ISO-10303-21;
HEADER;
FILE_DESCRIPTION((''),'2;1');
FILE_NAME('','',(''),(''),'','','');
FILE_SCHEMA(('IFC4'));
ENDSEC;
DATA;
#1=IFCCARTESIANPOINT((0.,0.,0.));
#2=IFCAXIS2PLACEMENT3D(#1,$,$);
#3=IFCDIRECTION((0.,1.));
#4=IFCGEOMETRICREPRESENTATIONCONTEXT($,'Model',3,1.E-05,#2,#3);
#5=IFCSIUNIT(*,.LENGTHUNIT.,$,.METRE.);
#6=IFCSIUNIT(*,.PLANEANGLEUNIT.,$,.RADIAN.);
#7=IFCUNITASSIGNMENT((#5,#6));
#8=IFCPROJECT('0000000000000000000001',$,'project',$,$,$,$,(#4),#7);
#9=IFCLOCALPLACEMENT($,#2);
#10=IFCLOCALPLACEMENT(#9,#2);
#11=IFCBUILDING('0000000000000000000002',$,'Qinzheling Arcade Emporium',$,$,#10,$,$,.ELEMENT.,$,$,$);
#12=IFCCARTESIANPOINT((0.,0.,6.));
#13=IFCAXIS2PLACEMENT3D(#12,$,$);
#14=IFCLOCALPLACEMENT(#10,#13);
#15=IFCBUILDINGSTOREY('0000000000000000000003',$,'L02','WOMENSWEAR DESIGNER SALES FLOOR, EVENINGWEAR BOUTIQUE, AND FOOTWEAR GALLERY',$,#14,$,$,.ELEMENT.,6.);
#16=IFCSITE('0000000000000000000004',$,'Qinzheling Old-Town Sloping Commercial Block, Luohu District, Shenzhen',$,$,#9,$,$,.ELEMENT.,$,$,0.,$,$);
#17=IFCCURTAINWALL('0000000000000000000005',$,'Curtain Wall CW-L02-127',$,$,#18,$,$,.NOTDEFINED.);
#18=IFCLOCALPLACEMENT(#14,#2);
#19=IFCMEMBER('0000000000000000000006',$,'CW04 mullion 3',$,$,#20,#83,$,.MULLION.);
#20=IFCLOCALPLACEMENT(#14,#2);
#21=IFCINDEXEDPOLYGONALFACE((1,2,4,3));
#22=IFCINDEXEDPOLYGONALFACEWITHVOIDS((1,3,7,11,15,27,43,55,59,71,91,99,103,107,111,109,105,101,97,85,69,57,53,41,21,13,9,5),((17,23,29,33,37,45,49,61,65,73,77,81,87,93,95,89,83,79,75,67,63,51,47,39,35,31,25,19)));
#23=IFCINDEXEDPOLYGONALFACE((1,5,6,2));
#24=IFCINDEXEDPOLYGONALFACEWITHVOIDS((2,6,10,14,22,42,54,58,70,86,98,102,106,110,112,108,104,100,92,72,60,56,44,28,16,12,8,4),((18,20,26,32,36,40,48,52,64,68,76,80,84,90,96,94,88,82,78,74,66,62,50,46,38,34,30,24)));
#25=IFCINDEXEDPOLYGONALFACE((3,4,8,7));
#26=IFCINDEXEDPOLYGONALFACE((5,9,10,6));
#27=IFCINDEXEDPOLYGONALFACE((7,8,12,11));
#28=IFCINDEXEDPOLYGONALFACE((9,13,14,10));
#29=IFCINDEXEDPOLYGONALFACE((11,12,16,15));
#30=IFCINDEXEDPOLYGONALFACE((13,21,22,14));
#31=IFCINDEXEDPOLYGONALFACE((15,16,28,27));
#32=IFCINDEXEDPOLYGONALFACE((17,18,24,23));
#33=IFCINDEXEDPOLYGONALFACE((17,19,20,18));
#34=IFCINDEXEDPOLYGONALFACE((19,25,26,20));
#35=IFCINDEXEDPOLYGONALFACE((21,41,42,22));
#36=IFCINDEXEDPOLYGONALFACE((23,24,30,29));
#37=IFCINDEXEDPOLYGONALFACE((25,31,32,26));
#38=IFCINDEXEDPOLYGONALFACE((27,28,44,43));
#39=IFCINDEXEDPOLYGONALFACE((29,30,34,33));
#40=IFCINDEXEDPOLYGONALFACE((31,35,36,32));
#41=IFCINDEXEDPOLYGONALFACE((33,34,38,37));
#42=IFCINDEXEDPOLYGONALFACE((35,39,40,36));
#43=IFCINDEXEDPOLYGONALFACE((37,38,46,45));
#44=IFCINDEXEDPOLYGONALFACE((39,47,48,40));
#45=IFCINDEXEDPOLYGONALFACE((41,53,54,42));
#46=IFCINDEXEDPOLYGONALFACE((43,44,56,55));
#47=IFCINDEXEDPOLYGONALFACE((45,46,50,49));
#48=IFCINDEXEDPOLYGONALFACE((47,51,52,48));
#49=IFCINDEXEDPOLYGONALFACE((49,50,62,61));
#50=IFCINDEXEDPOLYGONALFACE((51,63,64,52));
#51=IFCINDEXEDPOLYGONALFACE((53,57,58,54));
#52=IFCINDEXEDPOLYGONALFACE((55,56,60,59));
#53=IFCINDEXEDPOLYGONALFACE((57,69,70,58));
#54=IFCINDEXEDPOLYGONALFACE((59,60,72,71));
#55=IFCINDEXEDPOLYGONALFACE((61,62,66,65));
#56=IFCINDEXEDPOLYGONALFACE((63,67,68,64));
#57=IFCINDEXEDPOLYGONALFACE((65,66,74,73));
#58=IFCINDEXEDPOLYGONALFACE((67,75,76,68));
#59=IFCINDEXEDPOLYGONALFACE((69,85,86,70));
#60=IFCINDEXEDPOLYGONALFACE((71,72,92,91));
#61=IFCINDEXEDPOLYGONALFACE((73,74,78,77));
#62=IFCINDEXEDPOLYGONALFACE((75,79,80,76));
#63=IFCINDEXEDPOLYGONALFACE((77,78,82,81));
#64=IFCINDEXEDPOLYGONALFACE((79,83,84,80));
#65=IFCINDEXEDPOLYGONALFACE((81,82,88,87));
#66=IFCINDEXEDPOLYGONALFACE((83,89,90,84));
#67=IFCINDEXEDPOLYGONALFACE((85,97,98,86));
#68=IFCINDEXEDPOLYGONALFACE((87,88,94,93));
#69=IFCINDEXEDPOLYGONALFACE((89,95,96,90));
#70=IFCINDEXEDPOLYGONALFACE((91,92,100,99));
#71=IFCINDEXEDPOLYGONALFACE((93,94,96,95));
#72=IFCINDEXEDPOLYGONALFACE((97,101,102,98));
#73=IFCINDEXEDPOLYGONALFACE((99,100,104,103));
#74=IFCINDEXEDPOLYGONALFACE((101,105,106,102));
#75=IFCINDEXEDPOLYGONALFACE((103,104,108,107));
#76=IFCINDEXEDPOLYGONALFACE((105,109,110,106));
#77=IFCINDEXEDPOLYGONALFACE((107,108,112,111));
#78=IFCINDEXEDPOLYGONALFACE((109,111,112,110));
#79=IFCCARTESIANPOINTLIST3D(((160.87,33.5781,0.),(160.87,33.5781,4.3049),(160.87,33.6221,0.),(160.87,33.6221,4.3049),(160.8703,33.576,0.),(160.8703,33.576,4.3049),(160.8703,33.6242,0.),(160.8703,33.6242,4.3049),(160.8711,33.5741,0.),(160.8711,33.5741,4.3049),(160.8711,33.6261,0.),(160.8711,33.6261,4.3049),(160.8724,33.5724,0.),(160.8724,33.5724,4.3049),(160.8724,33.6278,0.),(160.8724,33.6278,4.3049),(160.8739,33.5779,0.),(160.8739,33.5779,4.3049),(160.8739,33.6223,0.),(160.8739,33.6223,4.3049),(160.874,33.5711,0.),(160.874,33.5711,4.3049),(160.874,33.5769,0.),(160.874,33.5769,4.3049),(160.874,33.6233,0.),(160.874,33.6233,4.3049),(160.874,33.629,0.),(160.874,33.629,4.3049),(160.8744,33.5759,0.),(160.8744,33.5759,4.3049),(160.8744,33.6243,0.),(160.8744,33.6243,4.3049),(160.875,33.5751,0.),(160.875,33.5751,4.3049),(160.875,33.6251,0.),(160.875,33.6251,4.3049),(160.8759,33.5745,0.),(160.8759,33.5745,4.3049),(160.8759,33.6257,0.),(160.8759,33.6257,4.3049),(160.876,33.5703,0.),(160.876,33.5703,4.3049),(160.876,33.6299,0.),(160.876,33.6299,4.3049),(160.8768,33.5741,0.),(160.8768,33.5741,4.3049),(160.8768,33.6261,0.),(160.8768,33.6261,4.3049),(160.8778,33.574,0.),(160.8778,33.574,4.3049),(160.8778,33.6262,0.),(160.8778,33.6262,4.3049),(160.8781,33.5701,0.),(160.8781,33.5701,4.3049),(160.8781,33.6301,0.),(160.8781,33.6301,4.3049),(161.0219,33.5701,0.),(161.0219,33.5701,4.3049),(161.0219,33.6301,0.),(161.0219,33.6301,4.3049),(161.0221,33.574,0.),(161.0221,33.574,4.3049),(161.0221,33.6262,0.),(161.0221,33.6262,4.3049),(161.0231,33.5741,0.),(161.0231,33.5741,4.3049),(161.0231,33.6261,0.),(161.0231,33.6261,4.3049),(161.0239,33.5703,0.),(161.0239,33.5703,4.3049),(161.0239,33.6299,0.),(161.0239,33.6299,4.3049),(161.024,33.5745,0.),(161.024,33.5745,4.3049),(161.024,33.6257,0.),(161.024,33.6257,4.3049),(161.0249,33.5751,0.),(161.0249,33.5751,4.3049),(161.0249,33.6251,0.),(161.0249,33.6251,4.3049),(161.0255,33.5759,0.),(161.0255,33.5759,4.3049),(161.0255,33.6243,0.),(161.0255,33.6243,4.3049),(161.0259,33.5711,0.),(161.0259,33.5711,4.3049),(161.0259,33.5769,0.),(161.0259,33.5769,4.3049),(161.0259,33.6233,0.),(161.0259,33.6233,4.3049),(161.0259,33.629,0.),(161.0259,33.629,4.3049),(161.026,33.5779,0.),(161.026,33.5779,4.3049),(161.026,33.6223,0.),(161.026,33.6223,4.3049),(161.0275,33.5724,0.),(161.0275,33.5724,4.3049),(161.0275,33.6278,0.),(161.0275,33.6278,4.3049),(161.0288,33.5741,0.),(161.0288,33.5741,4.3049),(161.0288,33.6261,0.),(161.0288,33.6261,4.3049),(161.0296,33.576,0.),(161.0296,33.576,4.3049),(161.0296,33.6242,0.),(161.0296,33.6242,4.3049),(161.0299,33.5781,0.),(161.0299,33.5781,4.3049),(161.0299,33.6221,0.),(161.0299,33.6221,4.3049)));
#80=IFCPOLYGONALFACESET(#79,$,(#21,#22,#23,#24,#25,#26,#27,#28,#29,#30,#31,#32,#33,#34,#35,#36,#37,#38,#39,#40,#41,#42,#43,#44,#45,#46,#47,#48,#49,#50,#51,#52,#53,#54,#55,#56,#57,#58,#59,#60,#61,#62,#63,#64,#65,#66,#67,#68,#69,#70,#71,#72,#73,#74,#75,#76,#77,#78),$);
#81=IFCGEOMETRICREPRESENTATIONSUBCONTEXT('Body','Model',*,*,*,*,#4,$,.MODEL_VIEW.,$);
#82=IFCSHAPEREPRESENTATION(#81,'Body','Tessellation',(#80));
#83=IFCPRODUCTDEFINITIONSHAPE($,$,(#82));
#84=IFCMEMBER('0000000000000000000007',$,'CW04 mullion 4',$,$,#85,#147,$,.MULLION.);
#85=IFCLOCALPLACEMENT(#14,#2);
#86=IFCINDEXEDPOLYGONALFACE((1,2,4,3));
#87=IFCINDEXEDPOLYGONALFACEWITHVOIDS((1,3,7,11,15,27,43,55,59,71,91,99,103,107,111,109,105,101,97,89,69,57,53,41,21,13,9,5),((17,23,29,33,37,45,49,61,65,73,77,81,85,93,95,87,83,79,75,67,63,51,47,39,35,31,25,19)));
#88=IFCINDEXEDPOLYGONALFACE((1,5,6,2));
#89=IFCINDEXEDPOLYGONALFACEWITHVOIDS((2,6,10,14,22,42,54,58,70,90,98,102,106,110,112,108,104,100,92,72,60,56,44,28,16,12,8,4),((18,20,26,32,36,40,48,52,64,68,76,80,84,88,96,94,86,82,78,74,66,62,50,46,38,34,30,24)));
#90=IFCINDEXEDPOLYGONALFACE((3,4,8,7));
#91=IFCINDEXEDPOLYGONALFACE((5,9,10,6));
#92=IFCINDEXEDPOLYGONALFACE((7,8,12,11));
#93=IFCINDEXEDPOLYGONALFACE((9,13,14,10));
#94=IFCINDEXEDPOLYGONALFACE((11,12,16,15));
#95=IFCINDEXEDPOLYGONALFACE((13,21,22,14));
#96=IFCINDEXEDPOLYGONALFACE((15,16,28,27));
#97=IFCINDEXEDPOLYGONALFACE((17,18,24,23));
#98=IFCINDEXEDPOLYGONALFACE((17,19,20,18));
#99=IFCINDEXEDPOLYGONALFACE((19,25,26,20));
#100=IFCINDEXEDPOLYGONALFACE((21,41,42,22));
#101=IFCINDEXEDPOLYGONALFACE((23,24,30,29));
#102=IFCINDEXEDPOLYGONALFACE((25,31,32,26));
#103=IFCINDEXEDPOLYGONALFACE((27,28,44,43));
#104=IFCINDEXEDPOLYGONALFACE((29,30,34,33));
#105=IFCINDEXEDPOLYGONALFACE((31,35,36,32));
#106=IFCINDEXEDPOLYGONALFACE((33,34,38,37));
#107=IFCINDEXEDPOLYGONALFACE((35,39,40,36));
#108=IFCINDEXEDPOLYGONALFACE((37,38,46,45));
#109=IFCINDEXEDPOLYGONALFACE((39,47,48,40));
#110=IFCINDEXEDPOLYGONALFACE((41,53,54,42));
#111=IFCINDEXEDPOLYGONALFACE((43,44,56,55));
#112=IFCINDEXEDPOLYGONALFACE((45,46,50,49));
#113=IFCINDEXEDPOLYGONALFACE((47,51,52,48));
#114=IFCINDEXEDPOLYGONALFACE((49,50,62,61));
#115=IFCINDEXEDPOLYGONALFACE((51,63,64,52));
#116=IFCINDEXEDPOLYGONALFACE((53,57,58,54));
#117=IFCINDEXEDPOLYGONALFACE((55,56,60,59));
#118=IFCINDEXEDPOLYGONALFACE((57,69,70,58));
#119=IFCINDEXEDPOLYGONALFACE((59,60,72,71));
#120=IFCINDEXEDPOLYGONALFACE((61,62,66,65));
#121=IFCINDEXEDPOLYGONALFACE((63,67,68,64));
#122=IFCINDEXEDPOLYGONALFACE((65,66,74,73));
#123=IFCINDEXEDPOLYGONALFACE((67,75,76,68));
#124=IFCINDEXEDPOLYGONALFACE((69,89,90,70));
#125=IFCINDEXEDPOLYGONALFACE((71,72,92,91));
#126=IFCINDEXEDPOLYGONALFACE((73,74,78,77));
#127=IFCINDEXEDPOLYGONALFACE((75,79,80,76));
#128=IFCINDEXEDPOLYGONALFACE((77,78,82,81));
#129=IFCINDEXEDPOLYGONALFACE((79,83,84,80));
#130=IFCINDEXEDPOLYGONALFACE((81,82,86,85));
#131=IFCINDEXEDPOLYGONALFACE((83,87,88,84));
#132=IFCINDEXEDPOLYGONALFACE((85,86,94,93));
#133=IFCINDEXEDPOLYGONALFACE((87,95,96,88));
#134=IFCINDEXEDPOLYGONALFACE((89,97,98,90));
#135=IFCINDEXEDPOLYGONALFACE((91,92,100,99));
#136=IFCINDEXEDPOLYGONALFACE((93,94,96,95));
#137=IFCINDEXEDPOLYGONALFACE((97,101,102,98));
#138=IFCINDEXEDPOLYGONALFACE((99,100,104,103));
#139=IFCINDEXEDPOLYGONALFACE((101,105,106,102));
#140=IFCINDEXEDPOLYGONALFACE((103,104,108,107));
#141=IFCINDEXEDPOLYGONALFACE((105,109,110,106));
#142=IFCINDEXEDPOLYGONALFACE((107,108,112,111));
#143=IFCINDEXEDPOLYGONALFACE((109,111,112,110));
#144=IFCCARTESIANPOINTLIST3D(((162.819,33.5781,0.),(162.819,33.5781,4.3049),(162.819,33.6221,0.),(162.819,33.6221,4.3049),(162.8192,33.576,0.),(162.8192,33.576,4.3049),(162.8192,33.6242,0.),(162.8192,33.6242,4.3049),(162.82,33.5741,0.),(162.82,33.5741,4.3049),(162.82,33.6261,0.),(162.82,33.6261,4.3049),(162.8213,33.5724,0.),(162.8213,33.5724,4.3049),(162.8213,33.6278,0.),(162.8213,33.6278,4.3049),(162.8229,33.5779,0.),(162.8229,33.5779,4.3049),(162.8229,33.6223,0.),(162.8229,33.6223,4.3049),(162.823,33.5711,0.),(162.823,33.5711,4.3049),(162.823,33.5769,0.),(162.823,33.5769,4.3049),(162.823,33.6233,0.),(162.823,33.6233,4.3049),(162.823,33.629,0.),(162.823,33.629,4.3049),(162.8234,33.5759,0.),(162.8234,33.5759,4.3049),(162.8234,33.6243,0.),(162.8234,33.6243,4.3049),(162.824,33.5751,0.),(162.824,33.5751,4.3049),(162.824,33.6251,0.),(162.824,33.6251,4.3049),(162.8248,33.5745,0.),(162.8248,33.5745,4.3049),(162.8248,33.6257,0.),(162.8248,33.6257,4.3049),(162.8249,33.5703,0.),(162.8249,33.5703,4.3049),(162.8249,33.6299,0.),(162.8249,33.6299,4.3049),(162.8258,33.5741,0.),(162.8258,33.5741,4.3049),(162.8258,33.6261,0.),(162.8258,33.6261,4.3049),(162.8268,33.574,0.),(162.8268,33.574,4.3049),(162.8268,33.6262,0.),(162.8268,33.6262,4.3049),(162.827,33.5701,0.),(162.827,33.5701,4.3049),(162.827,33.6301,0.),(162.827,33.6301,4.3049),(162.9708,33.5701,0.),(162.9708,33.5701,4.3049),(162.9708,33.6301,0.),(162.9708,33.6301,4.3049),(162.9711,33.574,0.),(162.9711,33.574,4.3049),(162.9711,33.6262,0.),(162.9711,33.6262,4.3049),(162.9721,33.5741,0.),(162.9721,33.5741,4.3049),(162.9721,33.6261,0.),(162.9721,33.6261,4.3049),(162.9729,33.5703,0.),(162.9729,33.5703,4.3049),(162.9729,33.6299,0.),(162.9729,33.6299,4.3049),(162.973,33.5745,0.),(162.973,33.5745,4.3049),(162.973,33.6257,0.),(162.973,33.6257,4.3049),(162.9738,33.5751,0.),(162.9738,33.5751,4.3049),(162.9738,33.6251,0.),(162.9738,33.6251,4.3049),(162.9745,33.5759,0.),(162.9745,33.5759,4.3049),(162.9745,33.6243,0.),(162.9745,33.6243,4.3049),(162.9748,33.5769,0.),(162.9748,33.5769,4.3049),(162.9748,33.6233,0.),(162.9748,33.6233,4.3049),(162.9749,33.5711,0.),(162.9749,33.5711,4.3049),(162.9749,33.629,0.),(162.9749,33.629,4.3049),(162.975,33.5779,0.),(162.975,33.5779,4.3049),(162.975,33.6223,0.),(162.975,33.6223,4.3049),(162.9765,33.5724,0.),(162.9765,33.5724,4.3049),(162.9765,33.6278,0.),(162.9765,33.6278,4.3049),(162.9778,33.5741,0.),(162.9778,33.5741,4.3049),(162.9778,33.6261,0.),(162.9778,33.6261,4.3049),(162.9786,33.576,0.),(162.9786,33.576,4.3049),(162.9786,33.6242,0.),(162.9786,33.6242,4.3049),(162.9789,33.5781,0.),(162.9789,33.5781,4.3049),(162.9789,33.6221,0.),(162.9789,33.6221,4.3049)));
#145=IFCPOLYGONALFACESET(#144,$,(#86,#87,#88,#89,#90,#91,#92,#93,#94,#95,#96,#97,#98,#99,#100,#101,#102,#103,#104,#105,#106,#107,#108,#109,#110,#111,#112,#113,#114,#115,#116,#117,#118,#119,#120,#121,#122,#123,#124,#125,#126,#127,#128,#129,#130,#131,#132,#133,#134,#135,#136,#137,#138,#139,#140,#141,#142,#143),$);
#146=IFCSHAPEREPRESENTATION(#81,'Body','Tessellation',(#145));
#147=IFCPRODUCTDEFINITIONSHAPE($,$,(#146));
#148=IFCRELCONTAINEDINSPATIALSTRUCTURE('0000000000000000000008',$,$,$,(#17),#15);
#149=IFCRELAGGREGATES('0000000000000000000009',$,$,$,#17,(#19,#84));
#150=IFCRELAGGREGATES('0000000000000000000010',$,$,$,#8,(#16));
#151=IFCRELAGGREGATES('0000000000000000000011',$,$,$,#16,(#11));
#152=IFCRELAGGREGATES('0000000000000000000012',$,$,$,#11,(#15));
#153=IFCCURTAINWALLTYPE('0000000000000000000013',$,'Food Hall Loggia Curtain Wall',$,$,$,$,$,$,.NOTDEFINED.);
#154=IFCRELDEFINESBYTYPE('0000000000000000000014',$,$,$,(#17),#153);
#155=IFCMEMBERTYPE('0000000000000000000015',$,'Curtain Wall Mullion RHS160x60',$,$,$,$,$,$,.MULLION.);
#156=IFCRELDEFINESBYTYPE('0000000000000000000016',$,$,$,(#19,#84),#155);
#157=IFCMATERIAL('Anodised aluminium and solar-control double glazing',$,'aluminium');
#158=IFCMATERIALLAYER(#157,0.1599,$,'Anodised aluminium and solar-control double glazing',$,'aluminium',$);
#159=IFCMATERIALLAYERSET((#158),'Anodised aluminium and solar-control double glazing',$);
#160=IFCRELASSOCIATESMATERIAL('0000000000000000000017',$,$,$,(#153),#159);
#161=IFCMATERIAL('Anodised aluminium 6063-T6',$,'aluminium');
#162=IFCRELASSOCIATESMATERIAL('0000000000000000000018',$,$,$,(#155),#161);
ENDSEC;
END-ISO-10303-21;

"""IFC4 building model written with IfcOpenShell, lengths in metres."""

from ifc_helpers import new_model, si_unit, direction, frame, origin, origin_2d, place, context, subcontext, project, spatial, hollow_rectangle, extrude, material, layer, layer_set, material_profile, profile_set, type_object, element, aggregate, save


model = new_model("IFC4")

# Units and contexts
model_context = context("Model", 3, precision=1e-05, world=origin(), true_north=direction((0.0, 1.0)))
body_context = subcontext(model_context, "Body", "Model", "MODEL_VIEW")
ifc_project = project(units=[si_unit("LENGTHUNIT", "METRE"), si_unit("PLANEANGLEUNIT", "RADIAN")], contexts=[model_context])

# Site, building, storey
site_placement = place(None, origin())
site = spatial("IfcSite", under=ifc_project, at=site_placement, Name="Qinzheling Old-Town Sloping Commercial Block, Luohu District, Shenzhen", CompositionType="ELEMENT", RefElevation=0.0)
building_placement = place(site_placement, origin())
building = spatial("IfcBuilding", under=site, at=building_placement, Name="Qinzheling Arcade Emporium", CompositionType="ELEMENT")
storey_placement = place(building_placement, frame((0.0, 0.0, 6.0)))
storey = spatial("IfcBuildingStorey", under=building, at=storey_placement, Name="L02", Description="WOMENSWEAR DESIGNER SALES FLOOR, EVENINGWEAR BOUTIQUE, AND FOOTWEAR GALLERY", CompositionType="ELEMENT", Elevation=6.0)

# Curtain wall, members
ifc_material_1 = material(Name="Anodised aluminium and solar-control double glazing", Category="aluminium")
ifc_layer_1 = layer(ifc_material_1, 0.1599, Name="Anodised aluminium and solar-control double glazing", Category="aluminium")
ifc_layer_set_1 = layer_set([ifc_layer_1], Name="Anodised aluminium and solar-control double glazing")
curtain_wall_type = type_object("IfcCurtainWallType", Name="Food Hall Loggia Curtain Wall", PredefinedType="NOTDEFINED", material=ifc_layer_set_1)
curtain_wall_placement = place(storey_placement, origin())
curtain_wall = element("IfcCurtainWall", 1, at=curtain_wall_placement, inside=storey, type_object=curtain_wall_type, Name="Curtain Wall CW-L02-127", PredefinedType="NOTDEFINED")
ifc_material_2 = material(Name="Anodised aluminium 6063-T6", Category="aluminium")
ifc_material_profile_1 = material_profile(ifc_material_2, hollow_rectangle(XDim=0.0601, YDim=0.1599, WallThickness=0.0039, InnerFilletRadius=0.0039, OuterFilletRadius=0.0081, at=origin_2d()), Name="RHS 160x60x4", Category="aluminium")
ifc_profile_set_1 = profile_set([ifc_material_profile_1], Name="Anodised aluminium 6063-T6")
member_type_1 = type_object("IfcMemberType", Name="Curtain Wall Mullion RHS160x60", PredefinedType="MULLION", material=ifc_profile_set_1)
member_1_placement = place(storey_placement, frame((160.95, 33.6001, 0.0), z_axis=(0.0, 0.0, 1.0), x_axis=(0.0, 1.0, 0.0)))
member_1 = element("IfcMember", 2, at=member_1_placement, type_object=member_type_1, Name="CW04 mullion 3", PredefinedType="MULLION", context=body_context, shape_type="SweptSolid", body=[
    extrude(hollow_rectangle(XDim=0.0601, YDim=0.1599, WallThickness=0.0039, InnerFilletRadius=0.0039, OuterFilletRadius=0.0081, at=origin_2d()), origin(), (0.0, 0.0, 1.0), 4.3049),
])
member_2_placement = place(storey_placement, frame((162.8989, 33.6001, 0.0), z_axis=(0.0, 0.0, 1.0), x_axis=(0.0, 1.0, 0.0)))
member_2 = element("IfcMember", 3, at=member_2_placement, type_object=member_type_1, Name="CW04 mullion 4", PredefinedType="MULLION", context=body_context, shape_type="SweptSolid", body=[
    extrude(hollow_rectangle(XDim=0.0601, YDim=0.1599, WallThickness=0.0039, InnerFilletRadius=0.0039, OuterFilletRadius=0.0081, at=origin_2d()), origin(), (0.0, 0.0, 1.0), 4.3049),
])
aggregate(curtain_wall, [member_1, member_2])

save(model, "model.ifc")
